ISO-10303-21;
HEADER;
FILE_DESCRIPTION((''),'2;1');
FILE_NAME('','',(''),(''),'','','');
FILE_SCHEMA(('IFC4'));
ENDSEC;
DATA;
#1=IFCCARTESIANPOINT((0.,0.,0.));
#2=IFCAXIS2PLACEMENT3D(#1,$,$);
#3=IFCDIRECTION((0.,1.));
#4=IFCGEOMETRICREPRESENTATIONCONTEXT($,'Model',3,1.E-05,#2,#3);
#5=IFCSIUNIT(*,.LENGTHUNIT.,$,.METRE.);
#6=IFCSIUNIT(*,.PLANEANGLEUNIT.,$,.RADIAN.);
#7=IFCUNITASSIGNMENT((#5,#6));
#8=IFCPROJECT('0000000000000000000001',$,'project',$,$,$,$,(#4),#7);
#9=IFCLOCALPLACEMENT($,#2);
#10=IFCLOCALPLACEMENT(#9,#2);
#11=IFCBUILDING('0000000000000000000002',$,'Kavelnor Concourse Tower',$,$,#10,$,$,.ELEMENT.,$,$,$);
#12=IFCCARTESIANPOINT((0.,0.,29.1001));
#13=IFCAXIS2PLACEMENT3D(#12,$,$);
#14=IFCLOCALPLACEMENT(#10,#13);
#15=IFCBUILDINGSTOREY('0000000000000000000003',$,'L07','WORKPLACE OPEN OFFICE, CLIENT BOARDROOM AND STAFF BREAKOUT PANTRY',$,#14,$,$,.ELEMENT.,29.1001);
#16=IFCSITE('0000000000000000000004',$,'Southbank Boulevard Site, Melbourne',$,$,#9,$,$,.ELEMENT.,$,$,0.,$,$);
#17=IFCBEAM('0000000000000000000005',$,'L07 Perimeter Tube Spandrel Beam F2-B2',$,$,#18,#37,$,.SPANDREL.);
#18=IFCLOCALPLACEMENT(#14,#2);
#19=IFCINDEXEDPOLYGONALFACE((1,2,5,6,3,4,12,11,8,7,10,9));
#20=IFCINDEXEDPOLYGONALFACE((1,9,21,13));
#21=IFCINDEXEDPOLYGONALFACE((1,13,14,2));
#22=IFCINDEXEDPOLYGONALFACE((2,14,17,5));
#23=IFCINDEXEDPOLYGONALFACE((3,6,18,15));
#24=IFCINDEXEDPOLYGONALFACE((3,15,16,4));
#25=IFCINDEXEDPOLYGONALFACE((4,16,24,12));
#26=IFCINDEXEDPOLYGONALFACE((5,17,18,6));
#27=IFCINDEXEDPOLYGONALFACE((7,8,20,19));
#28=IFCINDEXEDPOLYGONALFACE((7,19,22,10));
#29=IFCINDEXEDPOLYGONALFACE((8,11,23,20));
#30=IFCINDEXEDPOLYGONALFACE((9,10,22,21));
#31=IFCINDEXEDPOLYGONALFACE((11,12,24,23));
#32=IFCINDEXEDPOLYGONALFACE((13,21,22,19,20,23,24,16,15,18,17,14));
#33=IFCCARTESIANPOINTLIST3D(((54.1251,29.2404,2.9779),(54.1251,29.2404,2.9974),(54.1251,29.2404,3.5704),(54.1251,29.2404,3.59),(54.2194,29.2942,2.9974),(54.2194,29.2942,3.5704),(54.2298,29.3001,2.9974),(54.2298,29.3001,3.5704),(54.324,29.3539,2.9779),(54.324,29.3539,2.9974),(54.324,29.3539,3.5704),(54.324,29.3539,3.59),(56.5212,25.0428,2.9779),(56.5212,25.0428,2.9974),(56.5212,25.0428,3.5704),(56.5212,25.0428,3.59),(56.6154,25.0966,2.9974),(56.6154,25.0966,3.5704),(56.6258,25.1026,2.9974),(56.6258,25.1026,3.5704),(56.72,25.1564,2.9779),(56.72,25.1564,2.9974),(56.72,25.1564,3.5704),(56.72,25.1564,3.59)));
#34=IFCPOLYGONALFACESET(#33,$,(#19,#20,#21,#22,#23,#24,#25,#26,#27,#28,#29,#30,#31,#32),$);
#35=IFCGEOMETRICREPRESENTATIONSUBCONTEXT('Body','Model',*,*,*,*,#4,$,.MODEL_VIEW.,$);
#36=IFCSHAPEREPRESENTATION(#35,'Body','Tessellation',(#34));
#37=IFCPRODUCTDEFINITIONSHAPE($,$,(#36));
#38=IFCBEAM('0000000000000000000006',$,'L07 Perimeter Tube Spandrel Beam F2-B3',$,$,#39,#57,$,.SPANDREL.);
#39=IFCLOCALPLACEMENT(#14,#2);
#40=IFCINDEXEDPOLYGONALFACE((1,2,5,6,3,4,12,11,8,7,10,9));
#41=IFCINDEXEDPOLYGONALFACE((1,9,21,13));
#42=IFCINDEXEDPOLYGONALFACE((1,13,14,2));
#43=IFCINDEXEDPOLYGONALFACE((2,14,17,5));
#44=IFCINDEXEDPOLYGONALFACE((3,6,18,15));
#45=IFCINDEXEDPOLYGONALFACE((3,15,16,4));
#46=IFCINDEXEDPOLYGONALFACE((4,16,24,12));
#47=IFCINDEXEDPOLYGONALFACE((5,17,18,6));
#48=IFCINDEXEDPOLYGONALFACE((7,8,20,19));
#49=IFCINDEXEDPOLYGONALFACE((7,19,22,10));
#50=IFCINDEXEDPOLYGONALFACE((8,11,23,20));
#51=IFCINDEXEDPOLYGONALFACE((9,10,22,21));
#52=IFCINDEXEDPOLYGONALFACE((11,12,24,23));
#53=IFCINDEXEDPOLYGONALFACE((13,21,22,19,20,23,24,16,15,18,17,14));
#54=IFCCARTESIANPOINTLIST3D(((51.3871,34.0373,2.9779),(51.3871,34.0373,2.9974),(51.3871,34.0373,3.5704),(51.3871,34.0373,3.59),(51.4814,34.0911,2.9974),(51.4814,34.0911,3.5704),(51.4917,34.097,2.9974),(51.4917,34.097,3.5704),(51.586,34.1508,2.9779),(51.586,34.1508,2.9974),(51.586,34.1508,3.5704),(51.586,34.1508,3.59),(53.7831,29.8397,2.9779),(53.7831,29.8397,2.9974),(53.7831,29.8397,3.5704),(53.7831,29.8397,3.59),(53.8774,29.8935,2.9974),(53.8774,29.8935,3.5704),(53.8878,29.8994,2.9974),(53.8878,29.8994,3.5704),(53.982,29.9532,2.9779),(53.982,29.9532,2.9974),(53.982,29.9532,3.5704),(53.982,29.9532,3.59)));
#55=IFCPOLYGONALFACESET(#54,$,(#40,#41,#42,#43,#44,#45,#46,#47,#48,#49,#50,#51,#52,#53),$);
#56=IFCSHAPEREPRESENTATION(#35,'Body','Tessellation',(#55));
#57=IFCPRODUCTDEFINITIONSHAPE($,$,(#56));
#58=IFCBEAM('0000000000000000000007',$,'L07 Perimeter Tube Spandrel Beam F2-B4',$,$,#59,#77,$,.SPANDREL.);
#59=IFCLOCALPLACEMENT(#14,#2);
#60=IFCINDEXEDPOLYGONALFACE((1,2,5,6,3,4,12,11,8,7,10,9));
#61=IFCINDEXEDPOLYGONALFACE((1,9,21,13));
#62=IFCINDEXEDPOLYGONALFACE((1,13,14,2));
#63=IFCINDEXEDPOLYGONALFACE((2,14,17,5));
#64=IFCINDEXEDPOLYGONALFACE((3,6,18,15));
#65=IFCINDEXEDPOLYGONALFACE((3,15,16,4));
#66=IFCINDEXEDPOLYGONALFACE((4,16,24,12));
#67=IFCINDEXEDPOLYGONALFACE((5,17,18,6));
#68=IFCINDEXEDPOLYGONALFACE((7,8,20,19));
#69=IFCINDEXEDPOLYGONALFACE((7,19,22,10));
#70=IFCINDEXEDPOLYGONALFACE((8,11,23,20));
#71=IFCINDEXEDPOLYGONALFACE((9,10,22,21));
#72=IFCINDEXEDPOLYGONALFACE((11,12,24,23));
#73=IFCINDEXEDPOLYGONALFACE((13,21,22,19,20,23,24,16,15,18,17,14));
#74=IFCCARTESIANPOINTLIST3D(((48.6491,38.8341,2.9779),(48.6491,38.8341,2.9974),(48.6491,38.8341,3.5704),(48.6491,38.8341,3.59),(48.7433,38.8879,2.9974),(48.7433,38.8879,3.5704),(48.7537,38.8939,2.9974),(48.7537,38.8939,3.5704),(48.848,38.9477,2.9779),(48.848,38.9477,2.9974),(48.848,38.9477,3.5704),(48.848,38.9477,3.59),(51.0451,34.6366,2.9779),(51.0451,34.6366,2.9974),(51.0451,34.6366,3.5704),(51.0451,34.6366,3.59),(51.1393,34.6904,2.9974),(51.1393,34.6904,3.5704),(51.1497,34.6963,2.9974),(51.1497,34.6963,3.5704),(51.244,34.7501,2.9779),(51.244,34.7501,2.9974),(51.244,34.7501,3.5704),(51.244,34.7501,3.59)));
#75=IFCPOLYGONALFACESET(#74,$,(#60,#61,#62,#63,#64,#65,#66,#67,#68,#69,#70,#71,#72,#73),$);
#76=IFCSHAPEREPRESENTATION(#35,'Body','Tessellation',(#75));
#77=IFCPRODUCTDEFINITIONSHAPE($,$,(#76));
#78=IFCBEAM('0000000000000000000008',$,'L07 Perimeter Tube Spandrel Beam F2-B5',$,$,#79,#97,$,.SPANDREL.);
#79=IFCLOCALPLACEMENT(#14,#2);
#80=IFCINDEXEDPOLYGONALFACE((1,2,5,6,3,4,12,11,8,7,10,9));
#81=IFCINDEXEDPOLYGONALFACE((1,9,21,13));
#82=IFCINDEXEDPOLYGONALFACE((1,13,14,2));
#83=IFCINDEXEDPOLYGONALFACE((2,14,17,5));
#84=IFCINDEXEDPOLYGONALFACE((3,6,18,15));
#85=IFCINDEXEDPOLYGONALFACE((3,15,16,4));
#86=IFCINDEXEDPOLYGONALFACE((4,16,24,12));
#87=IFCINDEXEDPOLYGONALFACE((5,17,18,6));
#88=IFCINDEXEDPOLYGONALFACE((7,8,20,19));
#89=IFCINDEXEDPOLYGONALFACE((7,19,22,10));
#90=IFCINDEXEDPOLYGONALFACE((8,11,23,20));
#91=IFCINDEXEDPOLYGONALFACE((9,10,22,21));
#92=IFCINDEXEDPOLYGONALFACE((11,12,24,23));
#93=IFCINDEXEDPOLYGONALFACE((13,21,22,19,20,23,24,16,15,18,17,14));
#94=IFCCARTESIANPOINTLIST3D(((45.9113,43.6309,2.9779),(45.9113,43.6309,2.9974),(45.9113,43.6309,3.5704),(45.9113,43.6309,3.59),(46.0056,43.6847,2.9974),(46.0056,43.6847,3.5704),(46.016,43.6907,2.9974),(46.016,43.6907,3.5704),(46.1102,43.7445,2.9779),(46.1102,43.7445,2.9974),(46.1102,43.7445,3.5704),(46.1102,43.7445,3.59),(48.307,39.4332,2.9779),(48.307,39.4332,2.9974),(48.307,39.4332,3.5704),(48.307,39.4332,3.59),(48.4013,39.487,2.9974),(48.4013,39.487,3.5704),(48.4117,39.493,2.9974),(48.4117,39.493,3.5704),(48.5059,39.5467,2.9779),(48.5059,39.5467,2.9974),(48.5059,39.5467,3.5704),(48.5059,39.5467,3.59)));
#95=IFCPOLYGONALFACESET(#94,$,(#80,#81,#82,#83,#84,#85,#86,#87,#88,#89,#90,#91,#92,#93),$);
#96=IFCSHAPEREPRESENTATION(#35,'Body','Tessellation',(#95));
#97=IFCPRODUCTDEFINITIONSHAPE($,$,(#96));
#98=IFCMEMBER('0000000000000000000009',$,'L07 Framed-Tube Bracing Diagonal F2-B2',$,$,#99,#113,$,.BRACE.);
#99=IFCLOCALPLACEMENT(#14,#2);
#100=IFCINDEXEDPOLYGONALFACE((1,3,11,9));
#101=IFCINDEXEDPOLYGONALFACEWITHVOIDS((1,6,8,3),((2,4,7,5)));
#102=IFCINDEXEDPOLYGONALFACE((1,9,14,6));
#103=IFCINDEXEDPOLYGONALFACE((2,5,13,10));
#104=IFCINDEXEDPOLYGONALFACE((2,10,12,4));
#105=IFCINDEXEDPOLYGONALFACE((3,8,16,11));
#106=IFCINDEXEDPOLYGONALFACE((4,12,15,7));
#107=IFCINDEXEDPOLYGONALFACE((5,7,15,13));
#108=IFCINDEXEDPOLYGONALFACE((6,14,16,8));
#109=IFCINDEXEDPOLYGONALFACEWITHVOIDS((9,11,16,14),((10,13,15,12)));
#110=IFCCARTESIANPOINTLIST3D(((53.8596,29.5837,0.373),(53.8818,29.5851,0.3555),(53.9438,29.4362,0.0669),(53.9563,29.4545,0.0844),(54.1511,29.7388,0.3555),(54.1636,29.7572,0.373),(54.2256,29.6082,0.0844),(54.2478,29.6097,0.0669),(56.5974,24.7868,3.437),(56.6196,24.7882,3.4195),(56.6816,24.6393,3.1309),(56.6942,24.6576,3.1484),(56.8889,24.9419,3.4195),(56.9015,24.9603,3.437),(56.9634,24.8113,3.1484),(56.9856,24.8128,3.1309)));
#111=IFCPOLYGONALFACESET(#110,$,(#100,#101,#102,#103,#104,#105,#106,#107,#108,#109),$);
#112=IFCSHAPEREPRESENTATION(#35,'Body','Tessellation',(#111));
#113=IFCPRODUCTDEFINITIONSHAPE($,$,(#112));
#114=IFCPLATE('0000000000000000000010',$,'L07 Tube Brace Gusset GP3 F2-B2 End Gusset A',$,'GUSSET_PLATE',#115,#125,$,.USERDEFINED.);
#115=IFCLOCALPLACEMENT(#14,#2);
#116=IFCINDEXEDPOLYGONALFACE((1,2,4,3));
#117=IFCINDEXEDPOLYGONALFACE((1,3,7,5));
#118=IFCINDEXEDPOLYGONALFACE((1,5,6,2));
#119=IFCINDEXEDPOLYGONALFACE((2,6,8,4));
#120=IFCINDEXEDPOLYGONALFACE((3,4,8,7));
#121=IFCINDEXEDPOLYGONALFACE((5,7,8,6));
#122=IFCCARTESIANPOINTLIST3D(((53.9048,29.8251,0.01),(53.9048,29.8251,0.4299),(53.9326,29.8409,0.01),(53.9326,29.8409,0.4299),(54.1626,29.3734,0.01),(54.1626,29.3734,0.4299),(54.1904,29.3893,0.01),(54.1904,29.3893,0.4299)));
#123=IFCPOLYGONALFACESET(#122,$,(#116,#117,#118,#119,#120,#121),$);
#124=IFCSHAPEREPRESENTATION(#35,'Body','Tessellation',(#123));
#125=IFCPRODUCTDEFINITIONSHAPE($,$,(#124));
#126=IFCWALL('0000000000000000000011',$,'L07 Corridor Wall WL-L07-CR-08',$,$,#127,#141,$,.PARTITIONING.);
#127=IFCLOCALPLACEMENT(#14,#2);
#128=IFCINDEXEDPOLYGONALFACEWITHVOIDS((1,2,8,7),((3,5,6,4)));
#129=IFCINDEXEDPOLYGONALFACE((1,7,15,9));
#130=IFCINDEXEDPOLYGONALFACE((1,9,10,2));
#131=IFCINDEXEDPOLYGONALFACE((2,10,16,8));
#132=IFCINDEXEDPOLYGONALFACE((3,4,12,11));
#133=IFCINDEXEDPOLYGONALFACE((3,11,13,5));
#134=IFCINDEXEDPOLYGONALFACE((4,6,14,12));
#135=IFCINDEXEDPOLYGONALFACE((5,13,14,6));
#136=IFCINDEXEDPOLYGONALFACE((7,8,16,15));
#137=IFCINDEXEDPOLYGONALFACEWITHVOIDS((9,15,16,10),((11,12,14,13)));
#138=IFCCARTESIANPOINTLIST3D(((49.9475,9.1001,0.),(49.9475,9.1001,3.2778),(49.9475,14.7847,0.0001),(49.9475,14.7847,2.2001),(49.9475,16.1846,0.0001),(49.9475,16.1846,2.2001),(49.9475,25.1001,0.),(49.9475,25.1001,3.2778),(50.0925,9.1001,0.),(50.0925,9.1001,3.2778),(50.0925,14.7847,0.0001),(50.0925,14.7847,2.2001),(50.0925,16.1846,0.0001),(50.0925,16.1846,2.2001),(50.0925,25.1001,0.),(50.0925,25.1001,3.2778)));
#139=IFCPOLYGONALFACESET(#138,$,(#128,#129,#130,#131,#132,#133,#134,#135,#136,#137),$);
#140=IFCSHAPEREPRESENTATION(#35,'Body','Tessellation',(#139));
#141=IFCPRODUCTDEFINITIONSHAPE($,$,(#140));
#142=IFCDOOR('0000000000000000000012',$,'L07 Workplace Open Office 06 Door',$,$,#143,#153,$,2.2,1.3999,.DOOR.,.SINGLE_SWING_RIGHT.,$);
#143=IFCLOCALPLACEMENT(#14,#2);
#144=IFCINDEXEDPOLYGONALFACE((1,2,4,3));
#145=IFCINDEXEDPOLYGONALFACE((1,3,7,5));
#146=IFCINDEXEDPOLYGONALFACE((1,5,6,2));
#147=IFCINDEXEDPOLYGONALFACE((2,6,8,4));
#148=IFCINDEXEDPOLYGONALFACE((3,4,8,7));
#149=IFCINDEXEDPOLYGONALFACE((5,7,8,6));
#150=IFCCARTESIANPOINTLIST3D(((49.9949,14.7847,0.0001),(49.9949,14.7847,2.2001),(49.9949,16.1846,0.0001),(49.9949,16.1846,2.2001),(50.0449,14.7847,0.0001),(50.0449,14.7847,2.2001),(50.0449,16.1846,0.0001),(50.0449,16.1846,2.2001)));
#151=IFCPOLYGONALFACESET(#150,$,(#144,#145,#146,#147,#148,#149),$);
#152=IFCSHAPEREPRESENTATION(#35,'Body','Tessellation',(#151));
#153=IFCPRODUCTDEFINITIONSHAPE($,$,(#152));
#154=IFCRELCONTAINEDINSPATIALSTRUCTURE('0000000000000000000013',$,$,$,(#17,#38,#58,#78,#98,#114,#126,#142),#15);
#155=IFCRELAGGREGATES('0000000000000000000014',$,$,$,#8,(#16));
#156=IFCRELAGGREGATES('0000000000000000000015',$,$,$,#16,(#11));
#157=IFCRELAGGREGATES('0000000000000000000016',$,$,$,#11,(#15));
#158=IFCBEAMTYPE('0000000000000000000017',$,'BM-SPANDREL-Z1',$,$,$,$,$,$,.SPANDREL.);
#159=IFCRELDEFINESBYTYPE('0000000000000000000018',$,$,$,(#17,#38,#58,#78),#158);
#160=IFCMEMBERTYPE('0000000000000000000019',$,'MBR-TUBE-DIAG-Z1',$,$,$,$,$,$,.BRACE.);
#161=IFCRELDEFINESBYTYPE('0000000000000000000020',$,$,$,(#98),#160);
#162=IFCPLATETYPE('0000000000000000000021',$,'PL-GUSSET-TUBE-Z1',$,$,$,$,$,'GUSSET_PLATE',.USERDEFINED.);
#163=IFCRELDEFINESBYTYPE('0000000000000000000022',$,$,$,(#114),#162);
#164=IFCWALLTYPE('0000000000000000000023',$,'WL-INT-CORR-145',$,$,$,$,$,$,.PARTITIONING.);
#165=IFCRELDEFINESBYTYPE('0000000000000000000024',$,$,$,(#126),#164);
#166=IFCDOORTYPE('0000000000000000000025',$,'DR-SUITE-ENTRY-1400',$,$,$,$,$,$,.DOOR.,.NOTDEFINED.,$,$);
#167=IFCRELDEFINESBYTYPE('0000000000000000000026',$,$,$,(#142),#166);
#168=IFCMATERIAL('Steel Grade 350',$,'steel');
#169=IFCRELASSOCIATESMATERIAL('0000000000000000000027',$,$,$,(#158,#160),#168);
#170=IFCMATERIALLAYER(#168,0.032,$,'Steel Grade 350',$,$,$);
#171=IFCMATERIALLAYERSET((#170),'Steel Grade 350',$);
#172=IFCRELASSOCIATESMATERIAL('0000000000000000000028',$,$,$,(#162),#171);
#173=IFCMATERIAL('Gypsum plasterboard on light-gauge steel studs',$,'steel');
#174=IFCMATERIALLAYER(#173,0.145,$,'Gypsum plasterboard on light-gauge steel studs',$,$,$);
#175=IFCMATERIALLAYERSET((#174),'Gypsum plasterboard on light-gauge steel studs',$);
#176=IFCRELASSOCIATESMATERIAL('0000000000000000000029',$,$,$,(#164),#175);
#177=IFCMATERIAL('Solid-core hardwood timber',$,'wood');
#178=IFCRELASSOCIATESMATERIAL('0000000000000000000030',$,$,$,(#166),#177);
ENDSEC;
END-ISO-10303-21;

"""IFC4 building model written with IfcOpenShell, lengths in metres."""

from ifc_helpers import new_model, si_unit, direction, frame, frame_2d, origin, origin_2d, place, context, subcontext, project, spatial, rectangle, hollow_rectangle, i_section, extrude, material, layer, layer_set, material_profile, profile_set, type_object, element, fill, save


model = new_model("IFC4")

# Units and contexts
model_context = context("Model", 3, precision=1e-05, world=origin(), true_north=direction((0.0, 1.0)))
body_context = subcontext(model_context, "Body", "Model", "MODEL_VIEW")
ifc_project = project(units=[si_unit("LENGTHUNIT", "METRE"), si_unit("PLANEANGLEUNIT", "RADIAN")], contexts=[model_context])

# Site, building, storey
site_placement = place(None, origin())
site = spatial("IfcSite", under=ifc_project, at=site_placement, Name="Southbank Boulevard Site, Melbourne", CompositionType="ELEMENT", RefElevation=0.0)
building_placement = place(site_placement, origin())
building = spatial("IfcBuilding", under=site, at=building_placement, Name="Kavelnor Concourse Tower", CompositionType="ELEMENT")
storey_placement = place(building_placement, frame((0.0, 0.0, 29.1001)))
storey = spatial("IfcBuildingStorey", under=building, at=storey_placement, Name="L07", Description="WORKPLACE OPEN OFFICE, CLIENT BOARDROOM AND STAFF BREAKOUT PANTRY", CompositionType="ELEMENT", Elevation=29.1001)

# Shared definitions
ifc_material_1 = material(Name="Steel Grade 350", Category="steel")

# Beams
ifc_material_profile_1 = material_profile(ifc_material_1, i_section(OverallWidth=0.229, OverallDepth=0.6121, WebThickness=0.012, FlangeThickness=0.0195, at=origin_2d()), Name="610UB125")
ifc_profile_set_1 = profile_set([ifc_material_profile_1], Name="Steel Grade 350")
beam_type_1 = type_object("IfcBeamType", Name="BM-SPANDREL-Z1", PredefinedType="SPANDREL", material=ifc_profile_set_1)
for number, where, z_axis, x_axis, name in (
    (1, (56.6206, 25.0996, 3.2839), (-0.495736, 0.868473, 0.0), (-0.868473, -0.495736, 0.0), "L07 Perimeter Tube Spandrel Beam F2-B2"),
    (2, (53.8826, 29.8965, 3.2839), (-0.495736, 0.868473, 0.0), (-0.868473, -0.495736, 0.0), "L07 Perimeter Tube Spandrel Beam F2-B3"),
    (3, (51.1445, 34.6934, 3.2839), (-0.495736, 0.868473, 0.0), (-0.868473, -0.495736, 0.0), "L07 Perimeter Tube Spandrel Beam F2-B4"),
    (4, (48.4065, 39.49, 3.2839), (-0.495676, 0.868507, 0.0), (-0.868507, -0.495676, 0.0), "L07 Perimeter Tube Spandrel Beam F2-B5"),
):
    element("IfcBeam", number, at=place(storey_placement, frame(where, z_axis=z_axis, x_axis=x_axis)), inside=storey, type_object=beam_type_1, Name=name, PredefinedType="SPANDREL", context=body_context, shape_type="SweptSolid", body=[
        extrude(i_section(OverallWidth=0.229, OverallDepth=0.6121, WebThickness=0.012, FlangeThickness=0.0195, at=origin_2d()), origin(), (0.0, 0.0, 1.0), 4.8333),
    ])

# Member
ifc_material_profile_2 = material_profile(ifc_material_1, hollow_rectangle(XDim=0.3501, YDim=0.3501, WallThickness=0.02, at=origin_2d()), Name="SHS 350x350x20")
ifc_profile_set_2 = profile_set([ifc_material_profile_2], Name="Steel Grade 350")
member_type = type_object("IfcMemberType", Name="MBR-TUBE-DIAG-Z1", PredefinedType="BRACE", material=ifc_profile_set_2)
member_placement = place(storey_placement, frame((54.0537, 29.5967, 0.22), z_axis=(0.433461, -0.759465, 0.485102), x_axis=(0.868499, 0.495691, 0.0)))
element("IfcMember", 5, at=member_placement, inside=storey, type_object=member_type, Name="L07 Framed-Tube Bracing Diagonal F2-B2", PredefinedType="BRACE", context=body_context, shape_type="SweptSolid", body=[
    extrude(hollow_rectangle(XDim=0.3501, YDim=0.3501, WallThickness=0.02, at=origin_2d()), origin(), (0.0, 0.0, 1.0), 6.3162),
])

# Plate
ifc_layer_1 = layer(ifc_material_1, 0.032, Name="Steel Grade 350")
ifc_layer_set_1 = layer_set([ifc_layer_1], Name="Steel Grade 350")
plate_type = type_object("IfcPlateType", Name="PL-GUSSET-TUBE-Z1", ElementType="GUSSET_PLATE", PredefinedType="USERDEFINED", material=ifc_layer_set_1)
plate_placement = place(storey_placement, frame((54.0476, 29.6072, 0.01), z_axis=(0.0, 0.0, 1.0), x_axis=(0.495762, -0.868459, 0.0)))
element("IfcPlate", 6, at=plate_placement, inside=storey, type_object=plate_type, Name="L07 Tube Brace Gusset GP3 F2-B2 End Gusset A", ObjectType="GUSSET_PLATE", PredefinedType="USERDEFINED", context=body_context, shape_type="SweptSolid", body=[
    extrude(rectangle(XDim=0.52, YDim=0.032, at=origin_2d()), origin(), (0.0, 0.0, 1.0), 0.4199),
])

# Wall, opening, door
ifc_material_2 = material(Name="Gypsum plasterboard on light-gauge steel studs", Category="steel")
ifc_layer_2 = layer(ifc_material_2, 0.145, Name="Gypsum plasterboard on light-gauge steel studs")
ifc_layer_set_2 = layer_set([ifc_layer_2], Name="Gypsum plasterboard on light-gauge steel studs")
wall_type = type_object("IfcWallType", Name="WL-INT-CORR-145", PredefinedType="PARTITIONING", material=ifc_layer_set_2)
wall_placement = place(storey_placement, frame((50.02, 25.1001, 0.0), z_axis=(0.0, 0.0, 1.0), x_axis=(0.0, -1.0, 0.0)))
wall = element("IfcWall", 7, at=wall_placement, inside=storey, type_object=wall_type, Name="L07 Corridor Wall WL-L07-CR-08", PredefinedType="PARTITIONING", context=body_context, shape_type="SweptSolid", body=[
    extrude(rectangle(XDim=16.0, YDim=0.145, at=frame_2d((8.0, 0.0))), origin(), (0.0, 0.0, 1.0), 3.2778),
])
opening_placement = place(wall_placement, frame((8.9155, 0.0, 0.0)))
opening = element("IfcOpeningElement", 8, at=opening_placement, cuts=wall, PredefinedType="OPENING", context=body_context, shape_type="SweptSolid", body=[
    extrude(rectangle(XDim=1.3999, YDim=2.2, at=frame_2d((0.7, 1.1001))), frame((0.0, 0.0825, 0.0), z_axis=(0.0, -1.0, 0.0), x_axis=(1.0, 0.0, 0.0)), (0.0, 0.0, 1.0), 0.165),
])
ifc_material_3 = material(Name="Solid-core hardwood timber", Category="wood")
door_type = type_object("IfcDoorType", Name="DR-SUITE-ENTRY-1400", OperationType="NOTDEFINED", PredefinedType="DOOR", material=ifc_material_3)
door_placement = place(opening_placement, origin())
door = element("IfcDoor", 9, at=door_placement, inside=storey, type_object=door_type, Name="L07 Workplace Open Office 06 Door", OperationType="SINGLE_SWING_RIGHT", OverallHeight=2.2, OverallWidth=1.3999, PredefinedType="DOOR", context=body_context, shape_type="SweptSolid", body=[
    extrude(rectangle(XDim=1.3999, YDim=2.2, at=frame_2d((0.7, 1.1001))), frame((0.0, 0.0249, 0.0), z_axis=(0.0, -1.0, 0.0), x_axis=(1.0, 0.0, 0.0)), (0.0, 0.0, 1.0), 0.05),
])
fill(opening, door)

save(model, "model.ifc")
